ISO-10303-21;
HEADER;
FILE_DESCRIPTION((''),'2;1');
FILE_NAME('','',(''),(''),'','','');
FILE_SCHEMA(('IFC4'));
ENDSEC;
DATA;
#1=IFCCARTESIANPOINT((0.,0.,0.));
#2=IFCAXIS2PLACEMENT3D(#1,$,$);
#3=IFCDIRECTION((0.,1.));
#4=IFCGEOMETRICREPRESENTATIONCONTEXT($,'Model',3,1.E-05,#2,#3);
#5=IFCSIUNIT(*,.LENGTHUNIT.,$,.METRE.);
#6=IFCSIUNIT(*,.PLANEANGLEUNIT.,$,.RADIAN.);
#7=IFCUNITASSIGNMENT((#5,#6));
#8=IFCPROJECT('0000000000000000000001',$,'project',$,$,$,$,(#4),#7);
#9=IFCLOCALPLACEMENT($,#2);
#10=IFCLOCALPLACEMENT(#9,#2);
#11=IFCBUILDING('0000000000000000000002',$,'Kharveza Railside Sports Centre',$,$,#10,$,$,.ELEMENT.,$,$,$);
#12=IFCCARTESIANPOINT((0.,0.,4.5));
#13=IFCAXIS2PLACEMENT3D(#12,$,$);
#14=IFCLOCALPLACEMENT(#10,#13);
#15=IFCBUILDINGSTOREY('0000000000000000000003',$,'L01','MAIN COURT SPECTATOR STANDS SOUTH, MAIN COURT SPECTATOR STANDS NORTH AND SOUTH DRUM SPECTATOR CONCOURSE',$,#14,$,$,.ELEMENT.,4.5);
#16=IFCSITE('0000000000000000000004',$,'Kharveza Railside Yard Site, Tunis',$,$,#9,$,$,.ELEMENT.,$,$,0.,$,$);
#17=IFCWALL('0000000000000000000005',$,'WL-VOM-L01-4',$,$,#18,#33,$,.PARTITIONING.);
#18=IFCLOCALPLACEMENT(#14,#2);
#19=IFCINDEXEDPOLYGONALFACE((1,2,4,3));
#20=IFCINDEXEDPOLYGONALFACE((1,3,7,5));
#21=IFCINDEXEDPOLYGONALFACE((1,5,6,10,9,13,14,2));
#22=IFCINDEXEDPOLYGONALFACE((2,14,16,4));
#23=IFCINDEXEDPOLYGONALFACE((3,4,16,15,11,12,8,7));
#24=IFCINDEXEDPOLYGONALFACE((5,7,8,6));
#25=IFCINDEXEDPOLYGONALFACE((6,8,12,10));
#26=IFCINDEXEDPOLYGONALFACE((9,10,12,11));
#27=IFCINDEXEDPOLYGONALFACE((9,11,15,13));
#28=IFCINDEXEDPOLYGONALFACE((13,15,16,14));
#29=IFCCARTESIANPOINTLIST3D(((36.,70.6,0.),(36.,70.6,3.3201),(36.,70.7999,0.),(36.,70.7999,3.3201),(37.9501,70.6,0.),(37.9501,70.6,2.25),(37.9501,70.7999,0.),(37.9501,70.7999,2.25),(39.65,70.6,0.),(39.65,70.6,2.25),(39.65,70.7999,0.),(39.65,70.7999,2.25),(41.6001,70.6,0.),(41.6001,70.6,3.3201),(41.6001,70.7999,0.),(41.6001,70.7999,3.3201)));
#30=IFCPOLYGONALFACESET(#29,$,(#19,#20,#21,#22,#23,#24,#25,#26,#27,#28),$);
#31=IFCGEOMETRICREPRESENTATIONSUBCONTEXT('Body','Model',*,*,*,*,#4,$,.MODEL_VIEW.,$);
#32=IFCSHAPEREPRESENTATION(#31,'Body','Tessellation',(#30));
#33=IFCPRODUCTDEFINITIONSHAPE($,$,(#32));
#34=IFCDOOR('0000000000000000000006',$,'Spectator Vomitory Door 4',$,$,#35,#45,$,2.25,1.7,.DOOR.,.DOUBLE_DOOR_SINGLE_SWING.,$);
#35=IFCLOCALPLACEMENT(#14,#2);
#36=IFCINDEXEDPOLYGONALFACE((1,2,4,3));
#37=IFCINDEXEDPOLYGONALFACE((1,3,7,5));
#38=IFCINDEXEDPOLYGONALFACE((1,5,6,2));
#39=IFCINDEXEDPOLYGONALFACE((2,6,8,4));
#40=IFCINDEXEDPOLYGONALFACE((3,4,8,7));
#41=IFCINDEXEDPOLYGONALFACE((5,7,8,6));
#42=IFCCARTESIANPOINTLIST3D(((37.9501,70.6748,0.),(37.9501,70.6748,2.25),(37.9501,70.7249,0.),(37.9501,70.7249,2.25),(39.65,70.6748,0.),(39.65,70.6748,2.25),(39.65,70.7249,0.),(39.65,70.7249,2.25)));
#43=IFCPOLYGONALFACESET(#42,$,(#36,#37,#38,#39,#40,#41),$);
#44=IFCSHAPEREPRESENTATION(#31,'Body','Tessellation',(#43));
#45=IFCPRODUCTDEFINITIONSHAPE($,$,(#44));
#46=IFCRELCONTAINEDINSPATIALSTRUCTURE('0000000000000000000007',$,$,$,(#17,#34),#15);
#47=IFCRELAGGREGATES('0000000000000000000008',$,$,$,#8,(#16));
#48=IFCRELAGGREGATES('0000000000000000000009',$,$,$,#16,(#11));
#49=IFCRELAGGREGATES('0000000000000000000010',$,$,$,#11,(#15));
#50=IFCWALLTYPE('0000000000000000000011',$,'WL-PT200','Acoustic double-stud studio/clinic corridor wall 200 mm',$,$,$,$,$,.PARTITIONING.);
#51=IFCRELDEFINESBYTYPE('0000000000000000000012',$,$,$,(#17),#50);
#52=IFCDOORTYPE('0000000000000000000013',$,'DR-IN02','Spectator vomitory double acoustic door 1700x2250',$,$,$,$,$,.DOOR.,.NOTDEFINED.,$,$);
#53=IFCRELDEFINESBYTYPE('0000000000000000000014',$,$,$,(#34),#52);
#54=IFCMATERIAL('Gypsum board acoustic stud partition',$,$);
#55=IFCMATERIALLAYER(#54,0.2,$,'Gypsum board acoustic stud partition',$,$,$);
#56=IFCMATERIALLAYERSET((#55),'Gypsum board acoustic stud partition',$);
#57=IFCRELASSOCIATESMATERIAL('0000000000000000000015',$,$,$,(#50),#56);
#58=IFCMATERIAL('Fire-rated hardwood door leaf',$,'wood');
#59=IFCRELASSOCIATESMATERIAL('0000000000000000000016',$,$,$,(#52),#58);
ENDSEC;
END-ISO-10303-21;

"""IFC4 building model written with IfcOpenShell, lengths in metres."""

from ifc_helpers import new_model, si_unit, direction, frame, frame_2d, origin, place, context, subcontext, project, spatial, rectangle, extrude, material, layer, layer_set, type_object, element, fill, save


model = new_model("IFC4")

# Units and contexts
model_context = context("Model", 3, precision=1e-05, world=origin(), true_north=direction((0.0, 1.0)))
body_context = subcontext(model_context, "Body", "Model", "MODEL_VIEW")
ifc_project = project(units=[si_unit("LENGTHUNIT", "METRE"), si_unit("PLANEANGLEUNIT", "RADIAN")], contexts=[model_context])

# Site, building, storey
site_placement = place(None, origin())
site = spatial("IfcSite", under=ifc_project, at=site_placement, Name="Kharveza Railside Yard Site, Tunis", CompositionType="ELEMENT", RefElevation=0.0)
building_placement = place(site_placement, origin())
building = spatial("IfcBuilding", under=site, at=building_placement, Name="Kharveza Railside Sports Centre", CompositionType="ELEMENT")
storey_placement = place(building_placement, frame((0.0, 0.0, 4.5)))
storey = spatial("IfcBuildingStorey", under=building, at=storey_placement, Name="L01", Description="MAIN COURT SPECTATOR STANDS SOUTH, MAIN COURT SPECTATOR STANDS NORTH AND SOUTH DRUM SPECTATOR CONCOURSE", CompositionType="ELEMENT", Elevation=4.5)

# Wall, opening, door
ifc_material_1 = material(Name="Gypsum board acoustic stud partition")
ifc_layer_1 = layer(ifc_material_1, 0.2, Name="Gypsum board acoustic stud partition")
ifc_layer_set_1 = layer_set([ifc_layer_1], Name="Gypsum board acoustic stud partition")
wall_type = type_object("IfcWallType", Name="WL-PT200", Description="Acoustic double-stud studio/clinic corridor wall 200 mm", PredefinedType="PARTITIONING", material=ifc_layer_set_1)
wall_placement = place(storey_placement, frame((36.0, 70.7, 0.0), z_axis=(0.0, 0.0, 1.0), x_axis=(1.0, 0.0, 0.0)))
wall = element("IfcWall", 1, at=wall_placement, inside=storey, type_object=wall_type, Name="WL-VOM-L01-4", PredefinedType="PARTITIONING", context=body_context, shape_type="SweptSolid", body=[
    extrude(rectangle(XDim=5.6001, YDim=0.2, at=frame_2d((2.8, 0.0))), origin(), (0.0, 0.0, 1.0), 3.3201),
])
opening_placement = place(wall_placement, frame((1.95, 0.0, 0.0)))
opening = element("IfcOpeningElement", 2, at=opening_placement, cuts=wall, PredefinedType="OPENING", context=body_context, shape_type="SweptSolid", body=[
    extrude(rectangle(XDim=1.7, YDim=2.25, at=frame_2d((0.8501, 1.125))), frame((0.0, 0.125, 0.0), z_axis=(0.0, -1.0, 0.0), x_axis=(1.0, 0.0, 0.0)), (0.0, 0.0, 1.0), 0.2498),
])
ifc_material_2 = material(Name="Fire-rated hardwood door leaf", Category="wood")
door_type = type_object("IfcDoorType", Name="DR-IN02", Description="Spectator vomitory double acoustic door 1700x2250", OperationType="NOTDEFINED", PredefinedType="DOOR", material=ifc_material_2)
door_placement = place(opening_placement, origin())
door = element("IfcDoor", 3, at=door_placement, inside=storey, type_object=door_type, Name="Spectator Vomitory Door 4", OperationType="DOUBLE_DOOR_SINGLE_SWING", OverallHeight=2.25, OverallWidth=1.7, PredefinedType="DOOR", context=body_context, shape_type="SweptSolid", body=[
    extrude(rectangle(XDim=1.7, YDim=2.25, at=frame_2d((0.8501, 1.125))), frame((0.0, 0.0249, 0.0), z_axis=(0.0, -1.0, 0.0), x_axis=(1.0, 0.0, 0.0)), (0.0, 0.0, 1.0), 0.05),
])
fill(opening, door)

save(model, "model.ifc")
